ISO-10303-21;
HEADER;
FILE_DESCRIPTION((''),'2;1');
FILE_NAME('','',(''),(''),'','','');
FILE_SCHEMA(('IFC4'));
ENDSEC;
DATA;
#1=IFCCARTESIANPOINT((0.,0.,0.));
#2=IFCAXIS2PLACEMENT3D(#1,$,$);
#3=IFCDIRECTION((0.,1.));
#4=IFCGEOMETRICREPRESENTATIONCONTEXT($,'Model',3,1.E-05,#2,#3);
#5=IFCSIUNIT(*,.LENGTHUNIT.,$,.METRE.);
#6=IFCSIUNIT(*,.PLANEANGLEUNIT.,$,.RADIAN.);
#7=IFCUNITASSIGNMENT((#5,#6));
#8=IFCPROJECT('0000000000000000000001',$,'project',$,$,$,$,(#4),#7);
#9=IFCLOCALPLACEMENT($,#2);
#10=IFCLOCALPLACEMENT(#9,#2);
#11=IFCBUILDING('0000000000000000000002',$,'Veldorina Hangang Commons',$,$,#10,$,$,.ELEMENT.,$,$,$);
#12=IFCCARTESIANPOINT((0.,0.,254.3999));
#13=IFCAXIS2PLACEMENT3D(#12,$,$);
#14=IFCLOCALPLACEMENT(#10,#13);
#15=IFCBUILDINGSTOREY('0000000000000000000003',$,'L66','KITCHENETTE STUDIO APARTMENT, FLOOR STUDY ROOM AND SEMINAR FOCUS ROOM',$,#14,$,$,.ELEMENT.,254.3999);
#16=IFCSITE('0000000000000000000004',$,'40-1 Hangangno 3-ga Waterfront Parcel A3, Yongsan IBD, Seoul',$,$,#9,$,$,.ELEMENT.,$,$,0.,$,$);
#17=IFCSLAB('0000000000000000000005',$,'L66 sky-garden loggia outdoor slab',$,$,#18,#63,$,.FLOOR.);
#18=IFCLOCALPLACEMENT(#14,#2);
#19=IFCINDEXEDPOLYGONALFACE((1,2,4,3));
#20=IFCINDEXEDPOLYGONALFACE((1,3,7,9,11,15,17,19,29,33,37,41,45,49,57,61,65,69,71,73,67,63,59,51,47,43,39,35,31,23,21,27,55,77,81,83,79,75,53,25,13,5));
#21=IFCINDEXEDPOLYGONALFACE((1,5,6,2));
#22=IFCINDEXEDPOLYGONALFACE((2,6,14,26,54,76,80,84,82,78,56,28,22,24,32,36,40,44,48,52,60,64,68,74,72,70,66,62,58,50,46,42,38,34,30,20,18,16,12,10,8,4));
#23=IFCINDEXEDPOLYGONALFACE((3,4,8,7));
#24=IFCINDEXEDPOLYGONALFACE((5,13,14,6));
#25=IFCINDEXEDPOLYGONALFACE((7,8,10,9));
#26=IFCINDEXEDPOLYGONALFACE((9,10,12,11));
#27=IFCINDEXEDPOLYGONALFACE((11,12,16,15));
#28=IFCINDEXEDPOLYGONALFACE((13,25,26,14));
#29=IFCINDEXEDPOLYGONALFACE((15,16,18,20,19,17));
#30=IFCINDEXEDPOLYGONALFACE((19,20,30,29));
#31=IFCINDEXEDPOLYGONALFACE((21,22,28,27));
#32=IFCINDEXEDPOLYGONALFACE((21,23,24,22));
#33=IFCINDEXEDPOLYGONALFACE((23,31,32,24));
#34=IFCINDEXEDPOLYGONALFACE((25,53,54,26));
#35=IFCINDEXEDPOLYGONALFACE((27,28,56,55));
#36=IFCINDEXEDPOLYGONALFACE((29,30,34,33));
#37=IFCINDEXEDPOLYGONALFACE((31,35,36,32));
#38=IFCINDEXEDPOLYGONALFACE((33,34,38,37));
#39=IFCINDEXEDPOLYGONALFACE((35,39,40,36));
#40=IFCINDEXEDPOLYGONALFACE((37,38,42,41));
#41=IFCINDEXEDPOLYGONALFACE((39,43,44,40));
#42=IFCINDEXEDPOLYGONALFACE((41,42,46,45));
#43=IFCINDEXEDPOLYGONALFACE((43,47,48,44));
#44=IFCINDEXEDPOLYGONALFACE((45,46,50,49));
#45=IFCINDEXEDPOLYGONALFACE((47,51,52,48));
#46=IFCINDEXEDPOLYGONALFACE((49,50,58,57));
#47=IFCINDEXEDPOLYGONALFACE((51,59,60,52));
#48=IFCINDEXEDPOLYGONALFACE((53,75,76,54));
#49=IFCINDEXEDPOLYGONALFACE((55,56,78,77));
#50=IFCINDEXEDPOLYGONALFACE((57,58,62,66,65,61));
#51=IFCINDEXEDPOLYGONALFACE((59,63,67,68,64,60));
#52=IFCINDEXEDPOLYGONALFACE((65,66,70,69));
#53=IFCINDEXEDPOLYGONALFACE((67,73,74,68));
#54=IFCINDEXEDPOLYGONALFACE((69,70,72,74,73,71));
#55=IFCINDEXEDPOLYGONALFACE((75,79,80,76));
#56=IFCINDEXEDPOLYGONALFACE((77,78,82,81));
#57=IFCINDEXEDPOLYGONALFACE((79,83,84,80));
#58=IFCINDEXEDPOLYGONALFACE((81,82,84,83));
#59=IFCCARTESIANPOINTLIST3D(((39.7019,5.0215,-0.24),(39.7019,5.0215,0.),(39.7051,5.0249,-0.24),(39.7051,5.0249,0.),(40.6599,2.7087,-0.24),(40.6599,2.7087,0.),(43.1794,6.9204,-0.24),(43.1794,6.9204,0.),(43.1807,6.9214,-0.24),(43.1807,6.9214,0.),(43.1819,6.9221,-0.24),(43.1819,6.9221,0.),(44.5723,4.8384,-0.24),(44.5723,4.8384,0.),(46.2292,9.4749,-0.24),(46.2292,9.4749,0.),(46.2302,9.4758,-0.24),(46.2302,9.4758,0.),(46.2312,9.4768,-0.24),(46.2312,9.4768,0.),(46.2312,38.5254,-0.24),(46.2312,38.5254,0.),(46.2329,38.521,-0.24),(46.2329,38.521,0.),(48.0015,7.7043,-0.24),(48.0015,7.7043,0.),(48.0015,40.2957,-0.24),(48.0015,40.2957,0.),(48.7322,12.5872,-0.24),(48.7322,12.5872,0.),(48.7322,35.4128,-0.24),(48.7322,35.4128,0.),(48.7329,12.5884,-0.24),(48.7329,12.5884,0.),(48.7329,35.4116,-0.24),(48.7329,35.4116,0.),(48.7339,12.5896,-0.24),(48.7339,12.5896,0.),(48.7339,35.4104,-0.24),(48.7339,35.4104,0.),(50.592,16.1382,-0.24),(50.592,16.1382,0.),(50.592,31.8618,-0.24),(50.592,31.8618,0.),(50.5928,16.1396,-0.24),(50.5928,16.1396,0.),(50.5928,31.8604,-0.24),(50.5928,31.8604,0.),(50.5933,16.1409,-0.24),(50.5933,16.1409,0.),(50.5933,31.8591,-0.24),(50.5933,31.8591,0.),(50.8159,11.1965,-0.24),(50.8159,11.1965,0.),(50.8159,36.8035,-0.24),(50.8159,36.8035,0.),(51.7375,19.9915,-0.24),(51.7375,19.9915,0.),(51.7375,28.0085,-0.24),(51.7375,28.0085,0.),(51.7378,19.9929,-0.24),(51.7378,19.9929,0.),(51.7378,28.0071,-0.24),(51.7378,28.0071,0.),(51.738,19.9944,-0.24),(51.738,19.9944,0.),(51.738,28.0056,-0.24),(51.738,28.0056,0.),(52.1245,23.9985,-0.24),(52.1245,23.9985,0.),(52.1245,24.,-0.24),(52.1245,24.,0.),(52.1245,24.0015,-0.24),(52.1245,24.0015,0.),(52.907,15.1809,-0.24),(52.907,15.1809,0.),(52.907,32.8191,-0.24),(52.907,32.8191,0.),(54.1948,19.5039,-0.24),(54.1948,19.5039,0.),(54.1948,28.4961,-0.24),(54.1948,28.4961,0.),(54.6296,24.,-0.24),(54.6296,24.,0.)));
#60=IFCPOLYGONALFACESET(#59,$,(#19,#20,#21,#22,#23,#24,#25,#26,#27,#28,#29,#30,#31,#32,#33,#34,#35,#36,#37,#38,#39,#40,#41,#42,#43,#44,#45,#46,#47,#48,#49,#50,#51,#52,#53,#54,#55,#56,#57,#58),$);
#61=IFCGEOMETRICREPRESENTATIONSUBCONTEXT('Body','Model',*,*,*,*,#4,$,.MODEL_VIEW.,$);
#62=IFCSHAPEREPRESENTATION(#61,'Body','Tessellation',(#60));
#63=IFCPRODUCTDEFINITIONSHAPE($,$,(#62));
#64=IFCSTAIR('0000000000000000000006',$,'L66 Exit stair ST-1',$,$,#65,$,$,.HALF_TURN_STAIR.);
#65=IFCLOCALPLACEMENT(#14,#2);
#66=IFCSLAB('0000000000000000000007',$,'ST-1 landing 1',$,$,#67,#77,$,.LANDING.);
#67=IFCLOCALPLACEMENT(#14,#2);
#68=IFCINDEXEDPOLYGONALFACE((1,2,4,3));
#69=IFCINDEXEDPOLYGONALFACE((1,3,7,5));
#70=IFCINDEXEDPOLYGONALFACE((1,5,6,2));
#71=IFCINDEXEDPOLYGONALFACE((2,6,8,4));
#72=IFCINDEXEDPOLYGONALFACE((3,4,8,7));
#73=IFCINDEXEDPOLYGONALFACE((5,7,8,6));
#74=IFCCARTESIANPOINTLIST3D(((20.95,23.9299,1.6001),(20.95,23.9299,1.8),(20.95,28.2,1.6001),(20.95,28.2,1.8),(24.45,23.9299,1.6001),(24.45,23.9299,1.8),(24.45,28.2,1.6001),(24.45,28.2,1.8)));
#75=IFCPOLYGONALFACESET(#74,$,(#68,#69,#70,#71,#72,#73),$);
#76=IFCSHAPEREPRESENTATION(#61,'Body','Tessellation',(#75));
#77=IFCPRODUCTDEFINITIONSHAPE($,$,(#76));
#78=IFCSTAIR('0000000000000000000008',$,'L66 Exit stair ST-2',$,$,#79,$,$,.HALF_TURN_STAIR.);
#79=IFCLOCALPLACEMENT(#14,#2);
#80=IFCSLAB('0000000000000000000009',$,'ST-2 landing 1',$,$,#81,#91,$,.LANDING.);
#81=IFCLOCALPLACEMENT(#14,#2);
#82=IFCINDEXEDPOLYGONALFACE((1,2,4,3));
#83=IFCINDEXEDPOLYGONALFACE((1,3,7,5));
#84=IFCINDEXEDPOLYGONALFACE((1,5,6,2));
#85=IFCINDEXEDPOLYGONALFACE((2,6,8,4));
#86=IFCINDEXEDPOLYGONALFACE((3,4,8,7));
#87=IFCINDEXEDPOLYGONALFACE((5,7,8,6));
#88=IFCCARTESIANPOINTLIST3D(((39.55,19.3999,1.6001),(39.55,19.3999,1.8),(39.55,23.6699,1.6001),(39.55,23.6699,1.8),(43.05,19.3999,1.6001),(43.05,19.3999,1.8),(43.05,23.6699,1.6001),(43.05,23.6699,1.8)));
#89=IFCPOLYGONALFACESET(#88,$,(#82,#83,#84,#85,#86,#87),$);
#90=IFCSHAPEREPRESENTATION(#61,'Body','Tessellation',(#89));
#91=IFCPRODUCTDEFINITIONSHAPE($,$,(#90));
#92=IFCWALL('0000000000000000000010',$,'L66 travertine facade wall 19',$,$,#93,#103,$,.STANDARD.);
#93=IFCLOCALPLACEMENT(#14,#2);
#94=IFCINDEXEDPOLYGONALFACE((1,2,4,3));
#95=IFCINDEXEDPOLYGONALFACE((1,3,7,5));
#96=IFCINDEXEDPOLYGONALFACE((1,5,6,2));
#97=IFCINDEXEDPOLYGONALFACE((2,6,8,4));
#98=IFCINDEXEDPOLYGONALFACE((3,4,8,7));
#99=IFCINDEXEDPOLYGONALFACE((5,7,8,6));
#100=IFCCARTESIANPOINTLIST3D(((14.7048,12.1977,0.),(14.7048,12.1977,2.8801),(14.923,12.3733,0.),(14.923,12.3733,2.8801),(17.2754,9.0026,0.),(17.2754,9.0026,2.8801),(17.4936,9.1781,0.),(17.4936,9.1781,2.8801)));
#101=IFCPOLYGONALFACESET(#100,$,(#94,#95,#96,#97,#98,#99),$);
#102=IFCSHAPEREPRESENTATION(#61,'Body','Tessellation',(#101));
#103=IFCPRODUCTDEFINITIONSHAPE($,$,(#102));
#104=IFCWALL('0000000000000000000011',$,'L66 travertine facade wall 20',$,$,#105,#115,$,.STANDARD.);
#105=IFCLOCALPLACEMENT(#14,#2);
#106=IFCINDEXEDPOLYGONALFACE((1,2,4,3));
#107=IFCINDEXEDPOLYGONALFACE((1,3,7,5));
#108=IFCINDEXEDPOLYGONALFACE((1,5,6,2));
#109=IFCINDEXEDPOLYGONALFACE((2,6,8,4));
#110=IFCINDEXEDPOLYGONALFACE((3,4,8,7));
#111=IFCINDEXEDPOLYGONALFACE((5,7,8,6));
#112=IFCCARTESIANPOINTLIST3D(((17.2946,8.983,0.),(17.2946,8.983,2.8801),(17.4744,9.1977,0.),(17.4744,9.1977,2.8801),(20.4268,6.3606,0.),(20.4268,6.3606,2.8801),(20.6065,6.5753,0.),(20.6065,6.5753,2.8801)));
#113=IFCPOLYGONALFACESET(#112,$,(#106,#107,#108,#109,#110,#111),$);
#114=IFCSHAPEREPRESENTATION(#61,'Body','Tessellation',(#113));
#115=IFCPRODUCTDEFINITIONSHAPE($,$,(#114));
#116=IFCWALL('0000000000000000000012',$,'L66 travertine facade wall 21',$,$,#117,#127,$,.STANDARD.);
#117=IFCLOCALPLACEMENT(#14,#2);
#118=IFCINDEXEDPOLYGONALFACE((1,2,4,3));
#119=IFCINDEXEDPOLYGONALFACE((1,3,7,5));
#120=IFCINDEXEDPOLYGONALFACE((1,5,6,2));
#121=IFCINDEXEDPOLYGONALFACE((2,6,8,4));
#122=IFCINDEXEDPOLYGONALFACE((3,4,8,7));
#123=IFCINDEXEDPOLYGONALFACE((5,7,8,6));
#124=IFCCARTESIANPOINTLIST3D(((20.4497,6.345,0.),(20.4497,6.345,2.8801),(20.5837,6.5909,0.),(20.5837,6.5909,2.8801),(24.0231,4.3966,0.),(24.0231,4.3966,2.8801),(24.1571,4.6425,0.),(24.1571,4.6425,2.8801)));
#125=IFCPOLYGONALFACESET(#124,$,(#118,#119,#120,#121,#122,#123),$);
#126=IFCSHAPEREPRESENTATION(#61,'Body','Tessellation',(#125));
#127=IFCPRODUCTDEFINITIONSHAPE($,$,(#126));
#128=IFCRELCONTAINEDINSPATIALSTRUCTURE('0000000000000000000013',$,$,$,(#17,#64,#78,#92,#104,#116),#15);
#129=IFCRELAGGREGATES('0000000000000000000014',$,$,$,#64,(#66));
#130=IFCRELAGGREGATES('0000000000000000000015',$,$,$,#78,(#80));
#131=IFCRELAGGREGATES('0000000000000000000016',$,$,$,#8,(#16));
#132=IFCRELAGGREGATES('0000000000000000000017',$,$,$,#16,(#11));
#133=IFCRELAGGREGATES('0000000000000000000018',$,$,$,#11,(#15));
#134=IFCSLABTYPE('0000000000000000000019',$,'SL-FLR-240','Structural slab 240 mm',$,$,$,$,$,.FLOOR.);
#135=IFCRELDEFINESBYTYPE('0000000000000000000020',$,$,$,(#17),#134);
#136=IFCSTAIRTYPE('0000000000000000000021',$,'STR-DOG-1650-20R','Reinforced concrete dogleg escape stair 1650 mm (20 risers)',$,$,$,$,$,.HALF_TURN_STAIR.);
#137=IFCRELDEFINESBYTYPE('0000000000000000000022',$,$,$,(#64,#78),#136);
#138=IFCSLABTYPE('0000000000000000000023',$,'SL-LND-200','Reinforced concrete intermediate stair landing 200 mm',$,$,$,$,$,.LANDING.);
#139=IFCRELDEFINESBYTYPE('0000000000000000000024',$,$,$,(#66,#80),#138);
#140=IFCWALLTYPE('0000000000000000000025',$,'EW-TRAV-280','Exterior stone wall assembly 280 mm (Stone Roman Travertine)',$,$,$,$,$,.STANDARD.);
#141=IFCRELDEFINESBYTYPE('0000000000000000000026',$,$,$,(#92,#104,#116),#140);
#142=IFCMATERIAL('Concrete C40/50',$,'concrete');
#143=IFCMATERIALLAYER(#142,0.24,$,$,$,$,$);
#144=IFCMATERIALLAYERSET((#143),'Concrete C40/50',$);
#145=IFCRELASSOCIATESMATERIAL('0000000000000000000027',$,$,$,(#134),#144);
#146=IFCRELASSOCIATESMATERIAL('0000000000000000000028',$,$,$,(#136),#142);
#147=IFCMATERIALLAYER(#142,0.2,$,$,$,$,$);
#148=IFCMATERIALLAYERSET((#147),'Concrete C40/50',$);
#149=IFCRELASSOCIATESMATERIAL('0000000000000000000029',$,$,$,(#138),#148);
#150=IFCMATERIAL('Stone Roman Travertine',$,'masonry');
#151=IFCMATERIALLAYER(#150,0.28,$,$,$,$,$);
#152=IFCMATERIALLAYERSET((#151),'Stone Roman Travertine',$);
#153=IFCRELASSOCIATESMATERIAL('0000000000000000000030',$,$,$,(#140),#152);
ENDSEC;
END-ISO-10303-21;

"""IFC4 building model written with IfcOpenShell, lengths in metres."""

from ifc_helpers import new_model, si_unit, direction, frame, frame_2d, origin, place, context, subcontext, project, spatial, polyline, rectangle, outline, extrude, material, layer, layer_set, type_object, element, aggregate, save


model = new_model("IFC4")

# Units and contexts
model_context = context("Model", 3, precision=1e-05, world=origin(), true_north=direction((0.0, 1.0)))
body_context = subcontext(model_context, "Body", "Model", "MODEL_VIEW")
ifc_project = project(units=[si_unit("LENGTHUNIT", "METRE"), si_unit("PLANEANGLEUNIT", "RADIAN")], contexts=[model_context])

# Site, building, storey
site_placement = place(None, origin())
site = spatial("IfcSite", under=ifc_project, at=site_placement, Name="40-1 Hangangno 3-ga Waterfront Parcel A3, Yongsan IBD, Seoul", CompositionType="ELEMENT", RefElevation=0.0)
building_placement = place(site_placement, origin())
building = spatial("IfcBuilding", under=site, at=building_placement, Name="Veldorina Hangang Commons", CompositionType="ELEMENT")
storey_placement = place(building_placement, frame((0.0, 0.0, 254.3999)))
storey = spatial("IfcBuildingStorey", under=building, at=storey_placement, Name="L66", Description="KITCHENETTE STUDIO APARTMENT, FLOOR STUDY ROOM AND SEMINAR FOCUS ROOM", CompositionType="ELEMENT", Elevation=254.3999)

# Slab
ifc_material_1 = material(Name="Concrete C40/50", Category="concrete")
ifc_layer_1 = layer(ifc_material_1, 0.24)
ifc_layer_set_1 = layer_set([ifc_layer_1], Name="Concrete C40/50")
slab_type_1 = type_object("IfcSlabType", Name="SL-FLR-240", Description="Structural slab 240 mm", PredefinedType="FLOOR", material=ifc_layer_set_1)
slab_1_placement = place(storey_placement, frame((0.0, 0.0, -0.24)))
element("IfcSlab", 1, at=slab_1_placement, inside=storey, type_object=slab_type_1, Name="L66 sky-garden loggia outdoor slab", PredefinedType="FLOOR", context=body_context, shape_type="SweptSolid", body=[
    extrude(outline(polyline([(48.0015, 40.2957), (50.8159, 36.8035), (52.907, 32.8191), (54.1948, 28.4961), (54.6296, 24.0), (54.1948, 19.5039), (52.907, 15.1809), (50.8159, 11.1965), (48.0015, 7.7043), (44.5723, 4.8384), (40.6599, 2.7087), (39.7019, 5.0215), (39.7051, 5.0249), (43.1794, 6.9204), (43.1807, 6.9214), (43.1819, 6.9221), (46.2292, 9.4749), (46.2302, 9.4758), (46.2312, 9.4768), (48.7322, 12.5872), (48.7329, 12.5884), (48.7339, 12.5896), (50.592, 16.1382), (50.5928, 16.1396), (50.5933, 16.1409), (51.7375, 19.9915), (51.7378, 19.9929), (51.738, 19.9944), (52.1245, 23.9985), (52.1245, 24.0), (52.1245, 24.0015), (51.738, 28.0056), (51.7378, 28.0071), (51.7375, 28.0085), (50.5933, 31.8591), (50.5928, 31.8604), (50.592, 31.8618), (48.7339, 35.4104), (48.7329, 35.4116), (48.7322, 35.4128), (46.2329, 38.521), (46.2312, 38.5254), (48.0015, 40.2957)])), origin(), (0.0, 0.0, 1.0), 0.24),
])

# Stairs, slabs
stair_type = type_object("IfcStairType", Name="STR-DOG-1650-20R", Description="Reinforced concrete dogleg escape stair 1650 mm (20 risers)", PredefinedType="HALF_TURN_STAIR", material=ifc_material_1)
stair_1_placement = place(storey_placement, origin())
stair_1 = element("IfcStair", 2, at=stair_1_placement, inside=storey, type_object=stair_type, Name="L66 Exit stair ST-1", PredefinedType="HALF_TURN_STAIR")
ifc_layer_2 = layer(ifc_material_1, 0.2)
ifc_layer_set_2 = layer_set([ifc_layer_2], Name="Concrete C40/50")
slab_type_2 = type_object("IfcSlabType", Name="SL-LND-200", Description="Reinforced concrete intermediate stair landing 200 mm", PredefinedType="LANDING", material=ifc_layer_set_2)
slab_2_placement = place(storey_placement, frame((0.0, 0.0, 1.6001)))
slab_2 = element("IfcSlab", 3, at=slab_2_placement, type_object=slab_type_2, Name="ST-1 landing 1", PredefinedType="LANDING", context=body_context, shape_type="SweptSolid", body=[
    extrude(outline(polyline([(24.45, 23.9299), (24.45, 28.2), (20.95, 28.2), (20.95, 23.9299), (24.45, 23.9299)])), origin(), (0.0, 0.0, 1.0), 0.2),
])
aggregate(stair_1, [slab_2])
stair_2_placement = place(storey_placement, origin())
stair_2 = element("IfcStair", 4, at=stair_2_placement, inside=storey, type_object=stair_type, Name="L66 Exit stair ST-2", PredefinedType="HALF_TURN_STAIR")
slab_3_placement = place(storey_placement, frame((0.0, 0.0, 1.6001)))
slab_3 = element("IfcSlab", 5, at=slab_3_placement, type_object=slab_type_2, Name="ST-2 landing 1", PredefinedType="LANDING", context=body_context, shape_type="SweptSolid", body=[
    extrude(outline(polyline([(39.55, 23.6699), (39.55, 19.3999), (43.05, 19.3999), (43.05, 23.6699), (39.55, 23.6699)])), origin(), (0.0, 0.0, 1.0), 0.2),
])
aggregate(stair_2, [slab_3])

# Walls
ifc_material_2 = material(Name="Stone Roman Travertine", Category="masonry")
ifc_layer_3 = layer(ifc_material_2, 0.28)
ifc_layer_set_3 = layer_set([ifc_layer_3], Name="Stone Roman Travertine")
wall_type = type_object("IfcWallType", Name="EW-TRAV-280", Description="Exterior stone wall assembly 280 mm (Stone Roman Travertine)", PredefinedType="STANDARD", material=ifc_layer_set_3)
wall_1_placement = place(storey_placement, frame((14.814, 12.2854, 0.0), z_axis=(0.0, 0.0, 1.0), x_axis=(0.626849, -0.779141, 0.0)))
element("IfcWall", 6, at=wall_1_placement, inside=storey, type_object=wall_type, Name="L66 travertine facade wall 19", PredefinedType="STANDARD", context=body_context, shape_type="SweptSolid", body=[
    extrude(rectangle(XDim=4.1008, YDim=0.28, at=frame_2d((2.0503, 0.0))), origin(), (0.0, 0.0, 1.0), 2.8801),
])
wall_2_placement = place(storey_placement, frame((17.3845, 9.0903, 0.0), z_axis=(0.0, 0.0, 1.0), x_axis=(0.766745, -0.641952, 0.0)))
element("IfcWall", 7, at=wall_2_placement, inside=storey, type_object=wall_type, Name="L66 travertine facade wall 20", PredefinedType="STANDARD", context=body_context, shape_type="SweptSolid", body=[
    extrude(rectangle(XDim=4.085, YDim=0.28, at=frame_2d((2.0425, 0.0))), origin(), (0.0, 0.0, 1.0), 2.8801),
])
wall_3_placement = place(storey_placement, frame((20.5166, 6.468, 0.0), z_axis=(0.0, 0.0, 1.0), x_axis=(0.877967, -0.478722, 0.0)))
element("IfcWall", 8, at=wall_3_placement, inside=storey, type_object=wall_type, Name="L66 travertine facade wall 21", PredefinedType="STANDARD", context=body_context, shape_type="SweptSolid", body=[
    extrude(rectangle(XDim=4.0701, YDim=0.28, at=frame_2d((2.0352, 0.0))), origin(), (0.0, 0.0, 1.0), 2.8801),
])

save(model, "model.ifc")
